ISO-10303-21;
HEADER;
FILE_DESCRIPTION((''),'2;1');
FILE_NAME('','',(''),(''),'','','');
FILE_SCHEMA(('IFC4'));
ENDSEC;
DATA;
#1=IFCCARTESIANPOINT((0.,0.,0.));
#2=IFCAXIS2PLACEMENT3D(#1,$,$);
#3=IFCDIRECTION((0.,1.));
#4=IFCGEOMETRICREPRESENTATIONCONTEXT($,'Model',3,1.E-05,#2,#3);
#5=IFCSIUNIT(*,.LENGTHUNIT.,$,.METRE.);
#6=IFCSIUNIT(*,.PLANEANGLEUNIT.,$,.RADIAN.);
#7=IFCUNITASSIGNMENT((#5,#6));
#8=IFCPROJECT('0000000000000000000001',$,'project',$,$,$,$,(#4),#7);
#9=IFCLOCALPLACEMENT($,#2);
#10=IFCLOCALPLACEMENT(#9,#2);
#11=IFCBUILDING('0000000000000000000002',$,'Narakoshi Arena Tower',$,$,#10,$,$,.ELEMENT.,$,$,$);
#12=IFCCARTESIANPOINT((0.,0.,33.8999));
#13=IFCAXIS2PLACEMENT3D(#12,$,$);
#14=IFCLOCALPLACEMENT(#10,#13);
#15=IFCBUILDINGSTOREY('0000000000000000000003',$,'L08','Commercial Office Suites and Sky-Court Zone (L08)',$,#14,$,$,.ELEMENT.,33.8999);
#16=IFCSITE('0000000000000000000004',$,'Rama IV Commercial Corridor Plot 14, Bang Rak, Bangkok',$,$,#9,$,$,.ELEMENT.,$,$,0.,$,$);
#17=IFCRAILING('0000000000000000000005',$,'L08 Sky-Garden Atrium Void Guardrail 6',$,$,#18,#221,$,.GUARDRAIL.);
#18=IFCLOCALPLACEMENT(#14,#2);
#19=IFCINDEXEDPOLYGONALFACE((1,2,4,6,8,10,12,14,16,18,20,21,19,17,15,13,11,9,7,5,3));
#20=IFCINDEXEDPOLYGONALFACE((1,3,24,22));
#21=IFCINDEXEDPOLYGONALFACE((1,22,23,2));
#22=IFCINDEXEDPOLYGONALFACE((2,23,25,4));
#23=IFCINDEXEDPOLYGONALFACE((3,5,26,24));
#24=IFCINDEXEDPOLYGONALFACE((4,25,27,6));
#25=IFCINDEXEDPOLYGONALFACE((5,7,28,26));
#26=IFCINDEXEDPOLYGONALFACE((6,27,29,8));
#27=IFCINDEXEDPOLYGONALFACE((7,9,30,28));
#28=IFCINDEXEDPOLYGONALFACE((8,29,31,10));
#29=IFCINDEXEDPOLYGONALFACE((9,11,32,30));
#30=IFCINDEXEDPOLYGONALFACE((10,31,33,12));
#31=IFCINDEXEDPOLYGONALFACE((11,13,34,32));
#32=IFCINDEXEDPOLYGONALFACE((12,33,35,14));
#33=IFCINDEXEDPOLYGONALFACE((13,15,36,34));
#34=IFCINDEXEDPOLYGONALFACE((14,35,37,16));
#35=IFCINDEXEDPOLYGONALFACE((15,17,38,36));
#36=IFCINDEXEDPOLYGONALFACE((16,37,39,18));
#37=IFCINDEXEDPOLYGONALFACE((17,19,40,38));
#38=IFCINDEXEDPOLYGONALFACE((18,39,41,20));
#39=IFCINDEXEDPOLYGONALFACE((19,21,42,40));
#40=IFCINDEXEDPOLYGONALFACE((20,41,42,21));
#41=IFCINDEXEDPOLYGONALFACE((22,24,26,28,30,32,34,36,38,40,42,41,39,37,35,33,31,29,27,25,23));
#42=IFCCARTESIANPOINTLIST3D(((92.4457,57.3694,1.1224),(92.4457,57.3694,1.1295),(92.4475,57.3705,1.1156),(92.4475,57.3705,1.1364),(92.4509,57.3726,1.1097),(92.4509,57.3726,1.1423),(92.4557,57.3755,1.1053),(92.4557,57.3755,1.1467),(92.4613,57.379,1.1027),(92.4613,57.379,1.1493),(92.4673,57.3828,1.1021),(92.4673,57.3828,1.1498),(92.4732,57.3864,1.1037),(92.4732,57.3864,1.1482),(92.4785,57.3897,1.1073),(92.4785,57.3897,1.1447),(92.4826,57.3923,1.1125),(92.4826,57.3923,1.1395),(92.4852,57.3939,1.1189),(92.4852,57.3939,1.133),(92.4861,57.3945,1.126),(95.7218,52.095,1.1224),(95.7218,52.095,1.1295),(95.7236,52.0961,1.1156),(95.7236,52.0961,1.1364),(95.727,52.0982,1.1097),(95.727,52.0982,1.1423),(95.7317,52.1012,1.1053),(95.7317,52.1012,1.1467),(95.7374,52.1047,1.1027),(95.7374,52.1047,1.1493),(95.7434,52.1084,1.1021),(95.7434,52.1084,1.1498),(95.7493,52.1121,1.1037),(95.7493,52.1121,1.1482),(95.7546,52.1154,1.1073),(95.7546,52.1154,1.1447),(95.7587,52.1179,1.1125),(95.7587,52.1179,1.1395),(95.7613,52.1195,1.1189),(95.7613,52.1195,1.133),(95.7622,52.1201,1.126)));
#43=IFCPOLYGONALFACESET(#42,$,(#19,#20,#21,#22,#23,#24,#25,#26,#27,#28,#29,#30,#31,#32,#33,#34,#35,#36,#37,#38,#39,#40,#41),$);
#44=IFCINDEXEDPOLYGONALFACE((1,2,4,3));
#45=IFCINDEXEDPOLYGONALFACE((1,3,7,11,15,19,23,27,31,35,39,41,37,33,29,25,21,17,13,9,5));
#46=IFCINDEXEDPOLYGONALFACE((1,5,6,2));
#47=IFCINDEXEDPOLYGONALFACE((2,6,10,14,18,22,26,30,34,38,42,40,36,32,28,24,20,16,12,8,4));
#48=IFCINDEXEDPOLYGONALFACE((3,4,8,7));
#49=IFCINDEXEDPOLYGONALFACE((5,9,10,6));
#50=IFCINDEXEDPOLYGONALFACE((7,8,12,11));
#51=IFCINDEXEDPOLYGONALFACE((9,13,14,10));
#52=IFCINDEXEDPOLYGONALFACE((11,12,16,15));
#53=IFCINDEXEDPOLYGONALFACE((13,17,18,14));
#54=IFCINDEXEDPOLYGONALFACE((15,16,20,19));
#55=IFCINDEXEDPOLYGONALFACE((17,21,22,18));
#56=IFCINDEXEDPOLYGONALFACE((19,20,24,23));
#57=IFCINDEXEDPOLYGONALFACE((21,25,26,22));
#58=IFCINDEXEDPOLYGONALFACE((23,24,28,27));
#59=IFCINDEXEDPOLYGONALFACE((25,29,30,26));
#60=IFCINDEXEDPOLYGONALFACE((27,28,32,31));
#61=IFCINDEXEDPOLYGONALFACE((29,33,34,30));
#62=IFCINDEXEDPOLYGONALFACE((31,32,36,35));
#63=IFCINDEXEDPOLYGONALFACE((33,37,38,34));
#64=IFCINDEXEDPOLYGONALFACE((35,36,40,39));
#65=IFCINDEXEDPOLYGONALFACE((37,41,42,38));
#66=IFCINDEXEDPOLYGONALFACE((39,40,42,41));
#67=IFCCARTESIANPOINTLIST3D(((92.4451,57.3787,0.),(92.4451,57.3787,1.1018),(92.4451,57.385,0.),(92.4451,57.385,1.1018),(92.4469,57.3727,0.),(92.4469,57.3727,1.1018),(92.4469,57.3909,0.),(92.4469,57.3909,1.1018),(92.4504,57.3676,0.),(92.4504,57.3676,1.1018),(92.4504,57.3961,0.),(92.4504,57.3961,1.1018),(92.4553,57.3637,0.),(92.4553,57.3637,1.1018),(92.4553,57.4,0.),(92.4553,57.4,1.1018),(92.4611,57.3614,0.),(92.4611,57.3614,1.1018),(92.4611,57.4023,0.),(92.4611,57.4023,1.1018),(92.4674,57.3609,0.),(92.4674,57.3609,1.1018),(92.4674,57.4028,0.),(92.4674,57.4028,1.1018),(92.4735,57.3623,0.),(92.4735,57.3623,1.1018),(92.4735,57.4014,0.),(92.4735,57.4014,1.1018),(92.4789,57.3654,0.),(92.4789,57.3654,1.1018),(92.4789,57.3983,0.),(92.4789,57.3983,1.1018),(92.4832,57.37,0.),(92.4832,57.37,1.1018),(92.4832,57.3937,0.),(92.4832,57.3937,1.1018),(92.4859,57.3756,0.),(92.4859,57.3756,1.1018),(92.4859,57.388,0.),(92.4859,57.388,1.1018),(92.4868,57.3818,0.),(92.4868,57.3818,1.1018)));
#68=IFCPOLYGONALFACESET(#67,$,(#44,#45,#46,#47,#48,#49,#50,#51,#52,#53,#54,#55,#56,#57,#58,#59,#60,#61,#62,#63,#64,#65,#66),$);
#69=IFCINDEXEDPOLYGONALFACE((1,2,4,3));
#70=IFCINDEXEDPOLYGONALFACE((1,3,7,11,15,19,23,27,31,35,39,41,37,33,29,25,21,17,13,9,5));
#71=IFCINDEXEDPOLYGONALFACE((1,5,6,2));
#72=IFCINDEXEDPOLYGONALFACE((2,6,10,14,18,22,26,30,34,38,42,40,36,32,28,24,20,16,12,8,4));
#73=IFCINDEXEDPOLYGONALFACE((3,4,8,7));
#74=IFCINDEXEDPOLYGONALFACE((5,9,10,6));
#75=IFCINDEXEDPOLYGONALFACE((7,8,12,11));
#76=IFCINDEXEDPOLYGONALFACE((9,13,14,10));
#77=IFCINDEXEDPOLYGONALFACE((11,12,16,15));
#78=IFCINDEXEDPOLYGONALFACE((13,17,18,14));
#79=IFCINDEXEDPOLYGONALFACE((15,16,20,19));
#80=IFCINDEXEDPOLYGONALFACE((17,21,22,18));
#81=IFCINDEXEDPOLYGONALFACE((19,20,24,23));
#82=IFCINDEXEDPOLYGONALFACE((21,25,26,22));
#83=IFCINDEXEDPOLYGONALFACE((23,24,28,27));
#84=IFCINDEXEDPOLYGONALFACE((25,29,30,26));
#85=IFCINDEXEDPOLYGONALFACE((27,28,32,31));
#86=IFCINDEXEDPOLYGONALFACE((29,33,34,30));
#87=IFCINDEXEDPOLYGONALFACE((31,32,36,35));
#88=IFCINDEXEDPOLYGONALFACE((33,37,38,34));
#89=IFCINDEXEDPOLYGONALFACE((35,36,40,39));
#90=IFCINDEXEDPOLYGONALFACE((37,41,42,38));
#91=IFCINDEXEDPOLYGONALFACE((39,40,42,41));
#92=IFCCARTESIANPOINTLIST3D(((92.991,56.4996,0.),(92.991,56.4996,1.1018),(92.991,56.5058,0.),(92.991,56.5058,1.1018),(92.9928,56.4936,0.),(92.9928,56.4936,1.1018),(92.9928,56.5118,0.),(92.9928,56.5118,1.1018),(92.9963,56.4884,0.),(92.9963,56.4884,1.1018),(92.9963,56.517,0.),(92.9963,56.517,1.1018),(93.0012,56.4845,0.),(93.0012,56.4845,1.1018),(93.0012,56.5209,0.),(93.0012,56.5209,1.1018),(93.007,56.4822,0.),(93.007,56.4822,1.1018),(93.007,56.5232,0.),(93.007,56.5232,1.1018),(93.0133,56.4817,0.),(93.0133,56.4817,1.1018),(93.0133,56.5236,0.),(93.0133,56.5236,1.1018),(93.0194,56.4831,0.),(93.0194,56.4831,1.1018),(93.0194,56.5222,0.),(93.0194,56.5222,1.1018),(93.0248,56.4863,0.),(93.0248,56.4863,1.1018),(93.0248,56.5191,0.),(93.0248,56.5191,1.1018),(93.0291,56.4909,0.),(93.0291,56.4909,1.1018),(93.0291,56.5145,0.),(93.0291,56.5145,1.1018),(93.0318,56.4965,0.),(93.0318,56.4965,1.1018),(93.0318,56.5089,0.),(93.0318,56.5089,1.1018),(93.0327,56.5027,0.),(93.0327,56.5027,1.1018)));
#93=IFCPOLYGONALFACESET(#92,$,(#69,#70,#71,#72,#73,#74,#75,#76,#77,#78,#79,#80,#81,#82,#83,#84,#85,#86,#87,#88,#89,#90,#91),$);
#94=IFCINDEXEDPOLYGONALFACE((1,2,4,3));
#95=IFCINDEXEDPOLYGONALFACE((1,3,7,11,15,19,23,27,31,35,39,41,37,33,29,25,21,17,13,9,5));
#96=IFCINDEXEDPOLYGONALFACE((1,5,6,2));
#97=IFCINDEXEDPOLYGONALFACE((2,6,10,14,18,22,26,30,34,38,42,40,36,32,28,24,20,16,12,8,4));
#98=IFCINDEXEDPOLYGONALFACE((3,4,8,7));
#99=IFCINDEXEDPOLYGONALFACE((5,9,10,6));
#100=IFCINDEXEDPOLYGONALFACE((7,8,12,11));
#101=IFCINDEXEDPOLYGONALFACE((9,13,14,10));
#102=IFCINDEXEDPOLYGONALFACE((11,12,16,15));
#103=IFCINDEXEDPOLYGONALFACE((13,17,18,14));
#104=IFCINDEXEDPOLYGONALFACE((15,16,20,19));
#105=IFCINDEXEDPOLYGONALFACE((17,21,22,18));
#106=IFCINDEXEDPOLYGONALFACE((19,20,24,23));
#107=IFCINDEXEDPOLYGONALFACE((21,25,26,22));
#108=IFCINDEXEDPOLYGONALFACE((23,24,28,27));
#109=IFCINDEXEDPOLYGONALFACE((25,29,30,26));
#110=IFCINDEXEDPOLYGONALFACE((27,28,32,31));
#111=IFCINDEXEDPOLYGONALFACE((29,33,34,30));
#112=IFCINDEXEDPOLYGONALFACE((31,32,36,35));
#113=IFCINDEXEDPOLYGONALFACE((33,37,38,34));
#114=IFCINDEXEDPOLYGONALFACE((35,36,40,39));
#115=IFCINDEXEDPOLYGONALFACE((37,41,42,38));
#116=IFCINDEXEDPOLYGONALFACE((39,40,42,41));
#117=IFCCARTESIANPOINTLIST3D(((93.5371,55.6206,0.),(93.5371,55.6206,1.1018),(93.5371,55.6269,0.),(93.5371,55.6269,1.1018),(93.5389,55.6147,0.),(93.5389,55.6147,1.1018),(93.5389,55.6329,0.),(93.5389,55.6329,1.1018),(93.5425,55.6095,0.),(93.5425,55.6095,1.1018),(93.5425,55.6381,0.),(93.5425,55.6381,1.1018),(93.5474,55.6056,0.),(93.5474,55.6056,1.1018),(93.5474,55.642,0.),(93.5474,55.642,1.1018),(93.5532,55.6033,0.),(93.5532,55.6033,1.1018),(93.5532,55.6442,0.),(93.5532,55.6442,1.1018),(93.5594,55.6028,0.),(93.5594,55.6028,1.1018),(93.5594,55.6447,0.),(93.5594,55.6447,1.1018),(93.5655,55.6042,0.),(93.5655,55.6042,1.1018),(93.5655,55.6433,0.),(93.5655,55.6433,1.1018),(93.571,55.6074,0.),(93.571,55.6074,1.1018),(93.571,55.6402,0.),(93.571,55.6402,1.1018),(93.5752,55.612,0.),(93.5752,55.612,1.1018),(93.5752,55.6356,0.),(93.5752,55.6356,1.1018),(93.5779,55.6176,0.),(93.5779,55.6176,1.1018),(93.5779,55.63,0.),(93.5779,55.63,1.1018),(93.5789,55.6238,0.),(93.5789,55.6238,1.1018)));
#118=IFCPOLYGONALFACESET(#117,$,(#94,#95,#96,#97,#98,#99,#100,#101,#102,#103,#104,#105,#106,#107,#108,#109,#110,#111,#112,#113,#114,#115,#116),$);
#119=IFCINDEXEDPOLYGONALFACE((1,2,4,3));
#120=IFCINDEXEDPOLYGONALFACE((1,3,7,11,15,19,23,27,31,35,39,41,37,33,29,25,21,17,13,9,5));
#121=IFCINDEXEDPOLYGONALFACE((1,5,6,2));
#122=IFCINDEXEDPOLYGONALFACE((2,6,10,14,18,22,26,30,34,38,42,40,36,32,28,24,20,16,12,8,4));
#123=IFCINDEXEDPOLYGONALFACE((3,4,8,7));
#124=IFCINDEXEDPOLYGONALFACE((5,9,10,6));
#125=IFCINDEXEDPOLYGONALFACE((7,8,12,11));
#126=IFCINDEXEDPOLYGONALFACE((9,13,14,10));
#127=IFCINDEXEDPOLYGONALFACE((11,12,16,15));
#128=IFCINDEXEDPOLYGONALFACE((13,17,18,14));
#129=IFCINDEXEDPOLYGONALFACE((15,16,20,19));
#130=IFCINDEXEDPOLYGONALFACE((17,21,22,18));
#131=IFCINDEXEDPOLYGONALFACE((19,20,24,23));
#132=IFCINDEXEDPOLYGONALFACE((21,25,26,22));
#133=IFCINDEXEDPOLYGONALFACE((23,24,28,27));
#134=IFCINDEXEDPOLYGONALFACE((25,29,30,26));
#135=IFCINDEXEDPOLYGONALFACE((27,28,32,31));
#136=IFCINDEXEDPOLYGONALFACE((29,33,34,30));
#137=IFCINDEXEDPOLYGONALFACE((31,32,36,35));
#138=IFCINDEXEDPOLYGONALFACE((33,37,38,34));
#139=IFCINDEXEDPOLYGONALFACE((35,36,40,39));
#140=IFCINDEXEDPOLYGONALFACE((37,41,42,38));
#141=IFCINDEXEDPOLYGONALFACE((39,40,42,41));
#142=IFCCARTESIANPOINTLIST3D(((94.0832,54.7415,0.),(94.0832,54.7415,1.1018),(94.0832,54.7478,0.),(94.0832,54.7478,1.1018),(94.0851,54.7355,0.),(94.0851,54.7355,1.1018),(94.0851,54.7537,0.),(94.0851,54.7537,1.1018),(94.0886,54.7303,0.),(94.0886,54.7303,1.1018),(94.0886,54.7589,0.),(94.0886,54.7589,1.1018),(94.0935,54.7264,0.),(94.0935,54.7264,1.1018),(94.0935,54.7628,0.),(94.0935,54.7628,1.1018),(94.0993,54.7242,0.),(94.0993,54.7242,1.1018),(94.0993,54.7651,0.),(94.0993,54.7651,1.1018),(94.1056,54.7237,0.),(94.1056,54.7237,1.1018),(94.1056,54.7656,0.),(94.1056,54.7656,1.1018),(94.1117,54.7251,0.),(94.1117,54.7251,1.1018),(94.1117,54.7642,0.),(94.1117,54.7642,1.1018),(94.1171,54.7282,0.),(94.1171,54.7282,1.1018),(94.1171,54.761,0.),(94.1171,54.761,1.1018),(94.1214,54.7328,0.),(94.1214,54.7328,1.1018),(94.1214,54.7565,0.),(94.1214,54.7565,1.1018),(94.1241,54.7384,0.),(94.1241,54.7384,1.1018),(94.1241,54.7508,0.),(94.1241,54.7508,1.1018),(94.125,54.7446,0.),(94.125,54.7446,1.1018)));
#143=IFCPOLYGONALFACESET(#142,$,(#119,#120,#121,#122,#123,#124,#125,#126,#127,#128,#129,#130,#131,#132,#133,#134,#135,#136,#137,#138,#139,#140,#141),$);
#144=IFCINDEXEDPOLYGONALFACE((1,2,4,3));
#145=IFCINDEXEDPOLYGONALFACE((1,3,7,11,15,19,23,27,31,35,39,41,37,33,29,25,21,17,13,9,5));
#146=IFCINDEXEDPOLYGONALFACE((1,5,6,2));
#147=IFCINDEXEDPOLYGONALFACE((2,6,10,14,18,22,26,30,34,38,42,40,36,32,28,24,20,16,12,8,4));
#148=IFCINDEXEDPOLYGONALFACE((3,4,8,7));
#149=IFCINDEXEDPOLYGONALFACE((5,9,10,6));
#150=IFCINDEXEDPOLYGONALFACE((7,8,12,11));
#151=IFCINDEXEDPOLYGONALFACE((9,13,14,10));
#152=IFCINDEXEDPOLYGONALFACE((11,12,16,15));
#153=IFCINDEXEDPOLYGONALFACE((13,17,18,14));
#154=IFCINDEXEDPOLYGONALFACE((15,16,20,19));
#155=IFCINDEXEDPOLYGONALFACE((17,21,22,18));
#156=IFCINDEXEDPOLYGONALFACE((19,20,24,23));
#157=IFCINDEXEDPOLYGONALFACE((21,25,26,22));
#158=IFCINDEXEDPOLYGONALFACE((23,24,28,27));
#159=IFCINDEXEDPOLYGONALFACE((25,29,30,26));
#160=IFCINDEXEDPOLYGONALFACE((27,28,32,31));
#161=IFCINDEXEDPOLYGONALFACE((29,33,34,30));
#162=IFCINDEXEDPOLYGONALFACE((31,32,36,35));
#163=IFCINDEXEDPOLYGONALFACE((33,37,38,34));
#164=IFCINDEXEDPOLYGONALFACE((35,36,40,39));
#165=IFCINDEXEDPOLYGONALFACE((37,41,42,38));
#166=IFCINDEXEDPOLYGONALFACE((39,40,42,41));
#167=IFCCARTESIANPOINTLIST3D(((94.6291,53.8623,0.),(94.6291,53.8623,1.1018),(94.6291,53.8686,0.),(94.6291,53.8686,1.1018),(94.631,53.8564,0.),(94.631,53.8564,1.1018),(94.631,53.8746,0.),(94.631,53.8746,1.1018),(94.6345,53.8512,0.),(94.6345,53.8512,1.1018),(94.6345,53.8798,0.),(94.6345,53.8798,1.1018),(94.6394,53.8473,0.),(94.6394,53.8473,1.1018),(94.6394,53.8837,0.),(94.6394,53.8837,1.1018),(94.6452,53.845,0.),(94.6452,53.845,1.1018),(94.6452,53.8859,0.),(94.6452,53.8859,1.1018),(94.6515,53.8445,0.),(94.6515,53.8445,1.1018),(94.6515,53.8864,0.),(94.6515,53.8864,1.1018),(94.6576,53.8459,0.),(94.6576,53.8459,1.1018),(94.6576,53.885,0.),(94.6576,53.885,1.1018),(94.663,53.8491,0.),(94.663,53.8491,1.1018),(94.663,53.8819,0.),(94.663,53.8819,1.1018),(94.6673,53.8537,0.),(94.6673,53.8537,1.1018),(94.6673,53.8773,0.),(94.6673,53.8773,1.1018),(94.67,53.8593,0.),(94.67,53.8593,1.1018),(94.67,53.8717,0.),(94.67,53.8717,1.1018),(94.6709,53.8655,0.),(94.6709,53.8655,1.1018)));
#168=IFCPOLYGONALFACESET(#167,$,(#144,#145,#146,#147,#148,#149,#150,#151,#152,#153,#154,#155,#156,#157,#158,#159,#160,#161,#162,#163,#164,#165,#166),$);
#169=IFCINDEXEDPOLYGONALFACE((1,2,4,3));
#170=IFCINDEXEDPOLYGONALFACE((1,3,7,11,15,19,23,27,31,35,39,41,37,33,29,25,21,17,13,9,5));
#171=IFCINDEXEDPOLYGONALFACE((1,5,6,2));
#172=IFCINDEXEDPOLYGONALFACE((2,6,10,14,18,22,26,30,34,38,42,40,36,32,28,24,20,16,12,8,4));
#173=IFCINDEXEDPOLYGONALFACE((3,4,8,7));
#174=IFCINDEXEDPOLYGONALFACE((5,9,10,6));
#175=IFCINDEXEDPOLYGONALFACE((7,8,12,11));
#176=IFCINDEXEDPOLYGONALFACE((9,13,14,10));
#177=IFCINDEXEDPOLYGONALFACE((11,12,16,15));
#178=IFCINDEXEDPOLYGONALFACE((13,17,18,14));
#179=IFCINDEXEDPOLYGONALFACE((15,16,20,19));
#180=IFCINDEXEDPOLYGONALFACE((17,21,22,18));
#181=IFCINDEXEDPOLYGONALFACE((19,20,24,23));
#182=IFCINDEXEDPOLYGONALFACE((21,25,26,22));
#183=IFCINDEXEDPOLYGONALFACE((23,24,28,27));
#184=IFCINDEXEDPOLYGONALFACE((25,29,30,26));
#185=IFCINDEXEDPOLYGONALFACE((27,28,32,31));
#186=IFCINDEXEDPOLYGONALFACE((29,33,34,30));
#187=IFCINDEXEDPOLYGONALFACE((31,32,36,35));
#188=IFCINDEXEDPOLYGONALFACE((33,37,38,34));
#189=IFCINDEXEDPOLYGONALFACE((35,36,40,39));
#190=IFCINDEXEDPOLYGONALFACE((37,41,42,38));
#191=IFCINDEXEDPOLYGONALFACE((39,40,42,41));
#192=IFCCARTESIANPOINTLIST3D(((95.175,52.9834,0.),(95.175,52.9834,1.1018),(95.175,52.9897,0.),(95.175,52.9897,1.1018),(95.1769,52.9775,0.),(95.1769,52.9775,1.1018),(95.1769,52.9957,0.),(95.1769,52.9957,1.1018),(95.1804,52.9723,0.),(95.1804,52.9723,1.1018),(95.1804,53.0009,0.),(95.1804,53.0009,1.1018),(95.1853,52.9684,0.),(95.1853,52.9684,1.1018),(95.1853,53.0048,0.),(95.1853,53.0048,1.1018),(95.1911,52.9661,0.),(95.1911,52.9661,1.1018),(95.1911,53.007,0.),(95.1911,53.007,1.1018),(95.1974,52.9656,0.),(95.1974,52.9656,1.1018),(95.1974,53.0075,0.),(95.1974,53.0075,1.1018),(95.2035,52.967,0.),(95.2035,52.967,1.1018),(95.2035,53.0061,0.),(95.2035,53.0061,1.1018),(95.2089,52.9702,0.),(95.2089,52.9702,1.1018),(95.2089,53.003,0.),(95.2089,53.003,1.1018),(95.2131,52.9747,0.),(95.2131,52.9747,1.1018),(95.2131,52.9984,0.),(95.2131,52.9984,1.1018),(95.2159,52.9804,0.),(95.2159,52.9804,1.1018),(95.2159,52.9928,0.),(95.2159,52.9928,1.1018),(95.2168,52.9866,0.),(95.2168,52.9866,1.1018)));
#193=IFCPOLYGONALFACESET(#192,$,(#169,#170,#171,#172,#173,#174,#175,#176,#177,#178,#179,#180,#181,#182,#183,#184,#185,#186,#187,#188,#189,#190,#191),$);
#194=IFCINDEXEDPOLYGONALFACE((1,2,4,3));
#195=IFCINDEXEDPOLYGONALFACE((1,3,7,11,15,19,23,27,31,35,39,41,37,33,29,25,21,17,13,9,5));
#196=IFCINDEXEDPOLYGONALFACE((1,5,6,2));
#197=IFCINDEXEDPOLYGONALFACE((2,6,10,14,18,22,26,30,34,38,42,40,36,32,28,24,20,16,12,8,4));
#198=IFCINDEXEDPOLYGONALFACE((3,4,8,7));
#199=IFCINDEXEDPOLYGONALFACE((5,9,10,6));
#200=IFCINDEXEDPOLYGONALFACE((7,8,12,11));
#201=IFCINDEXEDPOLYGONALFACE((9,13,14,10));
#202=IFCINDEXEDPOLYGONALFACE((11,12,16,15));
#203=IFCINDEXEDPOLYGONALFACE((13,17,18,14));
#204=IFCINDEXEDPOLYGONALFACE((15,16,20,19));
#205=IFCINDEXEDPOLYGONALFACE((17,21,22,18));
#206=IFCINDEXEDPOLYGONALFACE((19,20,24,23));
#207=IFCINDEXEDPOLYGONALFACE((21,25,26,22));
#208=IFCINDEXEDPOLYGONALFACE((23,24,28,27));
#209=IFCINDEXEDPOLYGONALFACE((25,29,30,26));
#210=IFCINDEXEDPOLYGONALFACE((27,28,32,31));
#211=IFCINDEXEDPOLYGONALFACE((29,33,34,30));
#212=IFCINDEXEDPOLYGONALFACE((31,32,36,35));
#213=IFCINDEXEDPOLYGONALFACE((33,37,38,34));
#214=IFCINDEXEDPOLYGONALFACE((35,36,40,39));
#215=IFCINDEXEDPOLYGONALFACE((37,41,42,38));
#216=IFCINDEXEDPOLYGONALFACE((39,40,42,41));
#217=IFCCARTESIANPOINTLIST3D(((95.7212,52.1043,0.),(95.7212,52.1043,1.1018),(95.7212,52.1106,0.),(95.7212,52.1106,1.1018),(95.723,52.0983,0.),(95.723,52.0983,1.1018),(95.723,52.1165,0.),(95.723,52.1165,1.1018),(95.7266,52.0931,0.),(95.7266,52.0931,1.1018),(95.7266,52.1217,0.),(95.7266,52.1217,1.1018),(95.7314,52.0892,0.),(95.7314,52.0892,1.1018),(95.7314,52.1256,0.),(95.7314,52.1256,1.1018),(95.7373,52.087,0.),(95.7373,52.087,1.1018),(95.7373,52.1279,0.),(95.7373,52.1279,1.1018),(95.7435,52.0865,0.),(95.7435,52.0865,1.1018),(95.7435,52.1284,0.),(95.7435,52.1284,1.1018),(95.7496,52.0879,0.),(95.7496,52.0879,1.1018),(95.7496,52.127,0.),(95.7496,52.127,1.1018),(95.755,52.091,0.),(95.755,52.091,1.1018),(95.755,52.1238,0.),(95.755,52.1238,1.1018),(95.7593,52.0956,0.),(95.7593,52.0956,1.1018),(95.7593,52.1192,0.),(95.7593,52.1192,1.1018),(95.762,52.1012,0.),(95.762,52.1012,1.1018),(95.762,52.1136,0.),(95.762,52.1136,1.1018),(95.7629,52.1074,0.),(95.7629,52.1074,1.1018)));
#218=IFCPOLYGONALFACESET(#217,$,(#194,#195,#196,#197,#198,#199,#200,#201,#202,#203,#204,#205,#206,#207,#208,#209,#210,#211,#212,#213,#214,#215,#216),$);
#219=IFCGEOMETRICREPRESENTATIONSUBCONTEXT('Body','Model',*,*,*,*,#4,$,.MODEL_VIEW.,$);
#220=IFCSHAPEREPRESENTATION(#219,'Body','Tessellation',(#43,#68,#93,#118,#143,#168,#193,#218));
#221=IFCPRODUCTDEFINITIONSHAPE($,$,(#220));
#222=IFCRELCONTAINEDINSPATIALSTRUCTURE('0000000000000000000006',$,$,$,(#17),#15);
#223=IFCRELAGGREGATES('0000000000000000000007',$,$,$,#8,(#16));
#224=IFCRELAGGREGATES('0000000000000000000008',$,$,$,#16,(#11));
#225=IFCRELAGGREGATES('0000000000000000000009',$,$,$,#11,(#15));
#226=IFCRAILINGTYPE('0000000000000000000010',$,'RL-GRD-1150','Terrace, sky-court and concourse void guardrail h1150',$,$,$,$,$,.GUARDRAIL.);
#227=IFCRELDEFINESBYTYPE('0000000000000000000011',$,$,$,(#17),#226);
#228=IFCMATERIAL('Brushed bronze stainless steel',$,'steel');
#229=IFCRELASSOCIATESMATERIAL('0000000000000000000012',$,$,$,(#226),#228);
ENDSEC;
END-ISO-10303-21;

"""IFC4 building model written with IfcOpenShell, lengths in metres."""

from ifc_helpers import new_model, si_unit, direction, frame, origin, origin_2d, place, context, subcontext, project, spatial, circle, extrude, material, type_object, element, save


model = new_model("IFC4")

# Units and contexts
model_context = context("Model", 3, precision=1e-05, world=origin(), true_north=direction((0.0, 1.0)))
body_context = subcontext(model_context, "Body", "Model", "MODEL_VIEW")
ifc_project = project(units=[si_unit("LENGTHUNIT", "METRE"), si_unit("PLANEANGLEUNIT", "RADIAN")], contexts=[model_context])

# Site, building, storey
site_placement = place(None, origin())
site = spatial("IfcSite", under=ifc_project, at=site_placement, Name="Rama IV Commercial Corridor Plot 14, Bang Rak, Bangkok", CompositionType="ELEMENT", RefElevation=0.0)
building_placement = place(site_placement, origin())
building = spatial("IfcBuilding", under=site, at=building_placement, Name="Narakoshi Arena Tower", CompositionType="ELEMENT")
storey_placement = place(building_placement, frame((0.0, 0.0, 33.8999)))
storey = spatial("IfcBuildingStorey", under=building, at=storey_placement, Name="L08", Description="Commercial Office Suites and Sky-Court Zone (L08)", CompositionType="ELEMENT", Elevation=33.8999)

# Railing
ifc_material_1 = material(Name="Brushed bronze stainless steel", Category="steel")
railing_type = type_object("IfcRailingType", Name="RL-GRD-1150", Description="Terrace, sky-court and concourse void guardrail h1150", PredefinedType="GUARDRAIL", material=ifc_material_1)
railing_1_placement = place(storey_placement, frame((92.4658, 57.3818, 0.0)))
element("IfcRailing", 1, at=railing_1_placement, inside=storey, type_object=railing_type, Name="L08 Sky-Garden Atrium Void Guardrail 6", PredefinedType="GUARDRAIL", context=body_context, shape_type="SweptSolid", body=[
    extrude(circle(Radius=0.0239, at=origin_2d()), frame((0.0, 0.0, 1.126), z_axis=(0.527636, -0.849471, 0.0), x_axis=(0.849471, 0.527636, 0.0)), (0.0, 0.0, 1.0), 6.209),
    extrude(circle(Radius=0.021, at=origin_2d()), origin(), (0.0, 0.0, 1.0), 1.1018),
    extrude(circle(Radius=0.021, at=origin_2d()), frame((0.5459, -0.8792, 0.0)), (0.0, 0.0, 1.0), 1.1018),
    extrude(circle(Radius=0.021, at=origin_2d()), frame((1.092, -1.7581, 0.0)), (0.0, 0.0, 1.0), 1.1018),
    extrude(circle(Radius=0.021, at=origin_2d()), frame((1.6382, -2.6372, 0.0)), (0.0, 0.0, 1.0), 1.1018),
    extrude(circle(Radius=0.021, at=origin_2d()), frame((2.1841, -3.5164, 0.0)), (0.0, 0.0, 1.0), 1.1018),
    extrude(circle(Radius=0.021, at=origin_2d()), frame((2.73, -4.3953, 0.0)), (0.0, 0.0, 1.0), 1.1018),
    extrude(circle(Radius=0.021, at=origin_2d()), frame((3.2761, -5.2744, 0.0)), (0.0, 0.0, 1.0), 1.1018),
])

save(model, "model.ifc")
